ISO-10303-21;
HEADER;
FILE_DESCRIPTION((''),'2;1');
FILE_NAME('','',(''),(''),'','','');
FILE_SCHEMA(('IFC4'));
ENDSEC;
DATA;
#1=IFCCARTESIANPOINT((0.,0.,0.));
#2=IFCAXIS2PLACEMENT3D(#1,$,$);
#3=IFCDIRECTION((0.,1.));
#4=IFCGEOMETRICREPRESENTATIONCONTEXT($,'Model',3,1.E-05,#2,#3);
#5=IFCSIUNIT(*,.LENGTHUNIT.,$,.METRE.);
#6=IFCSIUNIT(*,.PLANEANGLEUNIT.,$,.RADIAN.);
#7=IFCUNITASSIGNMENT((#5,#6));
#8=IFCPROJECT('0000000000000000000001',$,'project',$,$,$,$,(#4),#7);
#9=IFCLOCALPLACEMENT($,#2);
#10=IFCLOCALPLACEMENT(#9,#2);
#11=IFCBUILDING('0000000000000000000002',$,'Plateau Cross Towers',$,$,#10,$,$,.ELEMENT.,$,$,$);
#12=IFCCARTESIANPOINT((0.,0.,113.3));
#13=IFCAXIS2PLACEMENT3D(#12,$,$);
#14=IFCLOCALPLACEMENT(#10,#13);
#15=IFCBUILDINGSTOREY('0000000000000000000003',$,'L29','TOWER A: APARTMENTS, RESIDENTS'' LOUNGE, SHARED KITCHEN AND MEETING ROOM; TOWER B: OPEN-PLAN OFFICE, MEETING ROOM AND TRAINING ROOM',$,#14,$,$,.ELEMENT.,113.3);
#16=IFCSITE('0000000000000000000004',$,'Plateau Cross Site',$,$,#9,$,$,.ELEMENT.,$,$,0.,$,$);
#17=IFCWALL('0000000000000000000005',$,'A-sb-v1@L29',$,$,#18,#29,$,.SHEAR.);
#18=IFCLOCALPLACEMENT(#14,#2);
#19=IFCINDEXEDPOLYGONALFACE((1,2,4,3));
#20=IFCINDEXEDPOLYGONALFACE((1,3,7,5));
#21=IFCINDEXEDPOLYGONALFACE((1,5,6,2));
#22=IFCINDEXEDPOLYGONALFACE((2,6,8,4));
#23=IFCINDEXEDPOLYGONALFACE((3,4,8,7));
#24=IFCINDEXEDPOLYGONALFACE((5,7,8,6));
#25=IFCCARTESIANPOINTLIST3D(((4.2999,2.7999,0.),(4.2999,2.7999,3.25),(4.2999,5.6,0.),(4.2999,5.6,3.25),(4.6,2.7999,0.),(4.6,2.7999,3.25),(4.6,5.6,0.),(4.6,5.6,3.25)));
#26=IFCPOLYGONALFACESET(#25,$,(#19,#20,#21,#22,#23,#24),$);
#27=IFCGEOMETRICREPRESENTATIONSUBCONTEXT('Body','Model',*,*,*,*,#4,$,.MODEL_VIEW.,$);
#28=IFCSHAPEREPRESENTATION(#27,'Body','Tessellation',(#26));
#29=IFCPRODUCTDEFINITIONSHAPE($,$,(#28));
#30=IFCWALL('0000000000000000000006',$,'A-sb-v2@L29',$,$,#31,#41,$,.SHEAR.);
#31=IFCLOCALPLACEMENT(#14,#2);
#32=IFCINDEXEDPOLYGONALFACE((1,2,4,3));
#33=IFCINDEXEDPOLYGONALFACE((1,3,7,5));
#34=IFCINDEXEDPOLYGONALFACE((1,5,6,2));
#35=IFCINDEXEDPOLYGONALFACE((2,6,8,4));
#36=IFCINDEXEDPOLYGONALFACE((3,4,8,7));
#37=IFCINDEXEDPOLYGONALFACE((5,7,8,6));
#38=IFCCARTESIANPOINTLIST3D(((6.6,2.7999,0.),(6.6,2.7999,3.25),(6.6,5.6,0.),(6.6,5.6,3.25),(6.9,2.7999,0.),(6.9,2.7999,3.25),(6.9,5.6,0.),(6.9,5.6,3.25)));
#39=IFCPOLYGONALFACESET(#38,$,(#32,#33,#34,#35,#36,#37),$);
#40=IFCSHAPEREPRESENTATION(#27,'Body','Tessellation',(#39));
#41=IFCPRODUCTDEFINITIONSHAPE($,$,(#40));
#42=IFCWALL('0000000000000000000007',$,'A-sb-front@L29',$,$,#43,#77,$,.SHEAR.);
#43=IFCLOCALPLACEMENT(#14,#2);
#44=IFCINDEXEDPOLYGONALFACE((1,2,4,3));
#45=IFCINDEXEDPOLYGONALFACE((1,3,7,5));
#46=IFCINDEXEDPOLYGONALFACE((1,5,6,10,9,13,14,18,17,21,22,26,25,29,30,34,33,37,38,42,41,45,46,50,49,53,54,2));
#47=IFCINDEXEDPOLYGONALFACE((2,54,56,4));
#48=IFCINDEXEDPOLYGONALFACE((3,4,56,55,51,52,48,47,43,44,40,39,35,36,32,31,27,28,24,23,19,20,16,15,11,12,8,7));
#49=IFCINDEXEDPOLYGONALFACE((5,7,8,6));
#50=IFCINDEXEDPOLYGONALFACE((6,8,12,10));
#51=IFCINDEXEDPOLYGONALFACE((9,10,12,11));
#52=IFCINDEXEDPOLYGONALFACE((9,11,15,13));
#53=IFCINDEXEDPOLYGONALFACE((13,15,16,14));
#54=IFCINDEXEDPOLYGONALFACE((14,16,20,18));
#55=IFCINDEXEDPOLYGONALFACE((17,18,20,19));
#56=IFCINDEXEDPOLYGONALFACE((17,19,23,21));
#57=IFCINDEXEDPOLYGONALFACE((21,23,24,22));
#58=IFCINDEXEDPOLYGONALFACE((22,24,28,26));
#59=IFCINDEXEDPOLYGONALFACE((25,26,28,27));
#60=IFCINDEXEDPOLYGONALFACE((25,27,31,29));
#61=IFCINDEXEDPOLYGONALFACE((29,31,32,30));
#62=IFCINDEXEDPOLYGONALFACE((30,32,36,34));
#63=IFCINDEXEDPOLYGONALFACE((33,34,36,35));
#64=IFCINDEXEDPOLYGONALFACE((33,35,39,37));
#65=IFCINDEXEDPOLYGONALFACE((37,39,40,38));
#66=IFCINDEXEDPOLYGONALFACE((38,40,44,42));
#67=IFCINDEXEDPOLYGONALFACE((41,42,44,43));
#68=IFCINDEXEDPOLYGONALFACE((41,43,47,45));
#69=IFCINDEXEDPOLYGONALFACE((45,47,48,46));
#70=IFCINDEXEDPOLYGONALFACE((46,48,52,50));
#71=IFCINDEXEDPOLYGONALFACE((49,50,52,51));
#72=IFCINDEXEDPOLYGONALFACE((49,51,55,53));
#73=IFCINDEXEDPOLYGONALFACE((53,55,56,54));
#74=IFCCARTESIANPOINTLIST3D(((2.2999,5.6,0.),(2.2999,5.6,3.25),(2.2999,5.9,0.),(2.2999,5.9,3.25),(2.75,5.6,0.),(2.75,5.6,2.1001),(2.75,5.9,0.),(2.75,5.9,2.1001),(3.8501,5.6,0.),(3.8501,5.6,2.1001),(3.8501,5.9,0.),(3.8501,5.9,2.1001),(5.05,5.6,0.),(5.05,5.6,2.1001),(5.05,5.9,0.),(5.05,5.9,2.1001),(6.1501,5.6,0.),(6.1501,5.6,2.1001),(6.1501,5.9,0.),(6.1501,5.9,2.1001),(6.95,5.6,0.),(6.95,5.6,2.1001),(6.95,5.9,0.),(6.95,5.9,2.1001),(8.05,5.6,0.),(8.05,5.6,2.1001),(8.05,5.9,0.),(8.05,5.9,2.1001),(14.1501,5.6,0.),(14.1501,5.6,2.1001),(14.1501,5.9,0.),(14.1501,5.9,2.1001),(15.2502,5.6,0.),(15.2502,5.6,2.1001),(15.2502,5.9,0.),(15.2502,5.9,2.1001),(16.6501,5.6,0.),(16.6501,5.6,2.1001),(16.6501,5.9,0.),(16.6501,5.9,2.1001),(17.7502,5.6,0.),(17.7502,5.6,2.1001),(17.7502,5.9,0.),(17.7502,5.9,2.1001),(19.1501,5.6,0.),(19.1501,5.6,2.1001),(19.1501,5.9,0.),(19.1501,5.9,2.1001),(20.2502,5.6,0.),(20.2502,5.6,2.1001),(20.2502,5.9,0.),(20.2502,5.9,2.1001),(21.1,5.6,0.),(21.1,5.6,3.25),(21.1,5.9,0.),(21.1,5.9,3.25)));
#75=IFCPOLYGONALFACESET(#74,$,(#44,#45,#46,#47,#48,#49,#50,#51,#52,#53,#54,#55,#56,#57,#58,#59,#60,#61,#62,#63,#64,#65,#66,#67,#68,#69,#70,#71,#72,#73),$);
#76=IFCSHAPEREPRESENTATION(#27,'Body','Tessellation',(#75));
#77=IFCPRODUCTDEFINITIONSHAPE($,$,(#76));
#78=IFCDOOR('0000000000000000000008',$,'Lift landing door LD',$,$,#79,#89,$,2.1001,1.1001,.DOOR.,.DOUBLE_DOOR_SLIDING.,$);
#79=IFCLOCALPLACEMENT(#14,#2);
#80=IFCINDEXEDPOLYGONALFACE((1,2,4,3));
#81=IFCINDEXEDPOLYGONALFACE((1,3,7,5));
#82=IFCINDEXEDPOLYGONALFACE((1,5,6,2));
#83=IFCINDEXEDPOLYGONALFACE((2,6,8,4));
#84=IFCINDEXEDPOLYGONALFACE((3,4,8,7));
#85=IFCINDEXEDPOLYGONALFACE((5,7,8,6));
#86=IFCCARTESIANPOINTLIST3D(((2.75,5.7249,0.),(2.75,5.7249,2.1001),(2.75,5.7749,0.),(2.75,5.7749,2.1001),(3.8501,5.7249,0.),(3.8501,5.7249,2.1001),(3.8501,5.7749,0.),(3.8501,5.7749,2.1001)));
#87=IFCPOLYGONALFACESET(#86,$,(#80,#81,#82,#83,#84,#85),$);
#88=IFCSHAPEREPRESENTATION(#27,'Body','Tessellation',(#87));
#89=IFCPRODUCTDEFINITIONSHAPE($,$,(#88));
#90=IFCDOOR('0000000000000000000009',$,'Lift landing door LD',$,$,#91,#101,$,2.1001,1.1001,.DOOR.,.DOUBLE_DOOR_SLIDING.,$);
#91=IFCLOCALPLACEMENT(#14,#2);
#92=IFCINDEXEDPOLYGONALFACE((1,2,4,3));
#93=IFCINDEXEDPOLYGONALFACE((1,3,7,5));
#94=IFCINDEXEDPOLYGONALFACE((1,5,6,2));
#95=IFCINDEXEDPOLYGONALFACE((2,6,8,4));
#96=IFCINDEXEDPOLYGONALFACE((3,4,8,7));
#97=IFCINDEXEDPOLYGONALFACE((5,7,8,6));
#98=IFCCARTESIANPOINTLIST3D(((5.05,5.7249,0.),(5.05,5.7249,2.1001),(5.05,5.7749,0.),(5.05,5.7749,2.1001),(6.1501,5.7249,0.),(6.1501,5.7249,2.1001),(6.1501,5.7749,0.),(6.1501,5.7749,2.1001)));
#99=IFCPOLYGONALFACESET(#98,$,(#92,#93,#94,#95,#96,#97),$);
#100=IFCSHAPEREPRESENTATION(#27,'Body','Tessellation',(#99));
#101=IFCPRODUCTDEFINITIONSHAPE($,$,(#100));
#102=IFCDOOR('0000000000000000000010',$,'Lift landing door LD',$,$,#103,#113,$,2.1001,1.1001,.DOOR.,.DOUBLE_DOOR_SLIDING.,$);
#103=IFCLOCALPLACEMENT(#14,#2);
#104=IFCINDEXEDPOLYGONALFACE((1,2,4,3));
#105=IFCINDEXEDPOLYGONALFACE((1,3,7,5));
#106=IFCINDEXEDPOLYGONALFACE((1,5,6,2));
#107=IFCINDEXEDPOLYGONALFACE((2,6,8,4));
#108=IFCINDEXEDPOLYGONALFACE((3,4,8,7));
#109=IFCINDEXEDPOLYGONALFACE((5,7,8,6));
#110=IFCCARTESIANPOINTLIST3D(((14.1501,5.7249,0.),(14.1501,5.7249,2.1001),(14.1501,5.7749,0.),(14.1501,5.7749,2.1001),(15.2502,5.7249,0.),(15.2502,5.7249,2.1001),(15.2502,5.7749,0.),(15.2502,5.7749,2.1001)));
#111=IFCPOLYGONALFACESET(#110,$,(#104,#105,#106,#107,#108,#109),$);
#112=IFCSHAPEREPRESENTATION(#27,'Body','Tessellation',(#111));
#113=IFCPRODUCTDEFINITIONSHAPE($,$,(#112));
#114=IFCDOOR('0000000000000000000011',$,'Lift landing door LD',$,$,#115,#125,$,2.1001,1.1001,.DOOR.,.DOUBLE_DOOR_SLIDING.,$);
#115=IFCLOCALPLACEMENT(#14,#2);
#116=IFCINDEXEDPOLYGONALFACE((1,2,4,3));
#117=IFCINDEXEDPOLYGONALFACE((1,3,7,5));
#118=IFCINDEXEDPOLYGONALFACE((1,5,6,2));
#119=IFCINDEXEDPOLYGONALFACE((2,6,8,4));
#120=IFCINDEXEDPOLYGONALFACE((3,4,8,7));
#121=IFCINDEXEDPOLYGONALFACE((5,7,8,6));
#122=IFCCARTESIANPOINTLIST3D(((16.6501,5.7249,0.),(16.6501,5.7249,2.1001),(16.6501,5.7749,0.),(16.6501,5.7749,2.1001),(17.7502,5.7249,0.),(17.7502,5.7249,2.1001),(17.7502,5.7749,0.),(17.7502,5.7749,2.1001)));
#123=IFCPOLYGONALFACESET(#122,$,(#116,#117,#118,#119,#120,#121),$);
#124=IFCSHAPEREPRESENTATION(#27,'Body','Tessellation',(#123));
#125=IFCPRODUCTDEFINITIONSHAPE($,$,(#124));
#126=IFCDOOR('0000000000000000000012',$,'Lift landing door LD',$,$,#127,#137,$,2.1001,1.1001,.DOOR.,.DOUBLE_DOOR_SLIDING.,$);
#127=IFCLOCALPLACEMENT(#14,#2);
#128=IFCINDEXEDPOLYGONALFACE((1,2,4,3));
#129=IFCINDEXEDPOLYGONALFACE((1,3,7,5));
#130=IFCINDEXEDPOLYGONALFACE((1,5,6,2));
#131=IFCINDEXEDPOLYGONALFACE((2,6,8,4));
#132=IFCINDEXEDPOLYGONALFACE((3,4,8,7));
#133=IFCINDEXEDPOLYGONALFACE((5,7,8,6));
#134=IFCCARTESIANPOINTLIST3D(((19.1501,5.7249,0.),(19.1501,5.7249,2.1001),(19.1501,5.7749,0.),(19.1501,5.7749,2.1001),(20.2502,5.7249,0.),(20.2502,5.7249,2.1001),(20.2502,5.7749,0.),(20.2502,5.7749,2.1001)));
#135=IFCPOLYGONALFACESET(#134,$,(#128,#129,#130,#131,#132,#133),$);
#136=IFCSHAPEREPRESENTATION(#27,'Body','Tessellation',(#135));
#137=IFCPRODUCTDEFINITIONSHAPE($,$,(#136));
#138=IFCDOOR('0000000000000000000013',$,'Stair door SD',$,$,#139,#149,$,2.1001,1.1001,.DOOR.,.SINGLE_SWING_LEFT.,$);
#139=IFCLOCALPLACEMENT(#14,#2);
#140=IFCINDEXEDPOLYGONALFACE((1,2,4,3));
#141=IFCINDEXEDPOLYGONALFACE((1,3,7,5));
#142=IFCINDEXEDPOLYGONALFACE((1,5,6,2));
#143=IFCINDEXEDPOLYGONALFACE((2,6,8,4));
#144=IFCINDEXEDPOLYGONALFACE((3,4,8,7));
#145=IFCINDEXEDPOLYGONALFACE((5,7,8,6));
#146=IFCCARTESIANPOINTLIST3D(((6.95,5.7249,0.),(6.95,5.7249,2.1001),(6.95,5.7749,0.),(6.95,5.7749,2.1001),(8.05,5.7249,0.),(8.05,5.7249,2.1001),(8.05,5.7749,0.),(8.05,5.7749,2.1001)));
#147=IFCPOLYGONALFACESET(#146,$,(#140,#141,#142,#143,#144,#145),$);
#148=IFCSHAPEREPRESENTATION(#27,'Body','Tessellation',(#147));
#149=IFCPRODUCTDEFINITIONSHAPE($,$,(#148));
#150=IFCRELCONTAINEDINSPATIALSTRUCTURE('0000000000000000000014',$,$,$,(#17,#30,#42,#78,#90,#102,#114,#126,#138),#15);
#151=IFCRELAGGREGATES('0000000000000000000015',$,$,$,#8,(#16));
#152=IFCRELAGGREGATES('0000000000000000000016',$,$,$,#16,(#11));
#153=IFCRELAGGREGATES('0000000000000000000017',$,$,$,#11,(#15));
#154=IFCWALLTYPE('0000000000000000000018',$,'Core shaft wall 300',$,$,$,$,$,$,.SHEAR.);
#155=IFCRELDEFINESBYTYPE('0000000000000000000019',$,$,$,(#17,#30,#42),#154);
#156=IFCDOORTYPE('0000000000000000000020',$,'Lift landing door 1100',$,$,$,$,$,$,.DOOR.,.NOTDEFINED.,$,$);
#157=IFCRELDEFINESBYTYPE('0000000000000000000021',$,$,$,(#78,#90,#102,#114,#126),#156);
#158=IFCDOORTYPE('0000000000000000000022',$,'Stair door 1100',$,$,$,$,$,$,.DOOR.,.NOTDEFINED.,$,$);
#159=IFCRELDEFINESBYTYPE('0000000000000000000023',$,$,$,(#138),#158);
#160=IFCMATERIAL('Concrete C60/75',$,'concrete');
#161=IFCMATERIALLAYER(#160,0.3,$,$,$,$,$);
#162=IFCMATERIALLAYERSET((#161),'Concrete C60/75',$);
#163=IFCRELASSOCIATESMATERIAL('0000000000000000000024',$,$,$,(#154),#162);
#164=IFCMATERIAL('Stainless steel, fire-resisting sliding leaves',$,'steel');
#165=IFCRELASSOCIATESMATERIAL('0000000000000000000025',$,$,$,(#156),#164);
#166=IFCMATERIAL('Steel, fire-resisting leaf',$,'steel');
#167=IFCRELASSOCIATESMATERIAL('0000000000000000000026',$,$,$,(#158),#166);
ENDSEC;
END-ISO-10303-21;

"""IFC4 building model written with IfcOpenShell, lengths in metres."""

from ifc_helpers import new_model, si_unit, direction, frame, frame_2d, origin, place, context, subcontext, project, spatial, rectangle, extrude, material, layer, layer_set, type_object, element, fill, save


model = new_model("IFC4")

# Units and contexts
model_context = context("Model", 3, precision=1e-05, world=origin(), true_north=direction((0.0, 1.0)))
body_context = subcontext(model_context, "Body", "Model", "MODEL_VIEW")
ifc_project = project(units=[si_unit("LENGTHUNIT", "METRE"), si_unit("PLANEANGLEUNIT", "RADIAN")], contexts=[model_context])

# Site, building, storey
site_placement = place(None, origin())
site = spatial("IfcSite", under=ifc_project, at=site_placement, Name="Plateau Cross Site", CompositionType="ELEMENT", RefElevation=0.0)
building_placement = place(site_placement, origin())
building = spatial("IfcBuilding", under=site, at=building_placement, Name="Plateau Cross Towers", CompositionType="ELEMENT")
storey_placement = place(building_placement, frame((0.0, 0.0, 113.3)))
storey = spatial("IfcBuildingStorey", under=building, at=storey_placement, Name="L29", Description="TOWER A: APARTMENTS, RESIDENTS' LOUNGE, SHARED KITCHEN AND MEETING ROOM; TOWER B: OPEN-PLAN OFFICE, MEETING ROOM AND TRAINING ROOM", CompositionType="ELEMENT", Elevation=113.3)

# Shared definitions
ifc_material_1 = material(Name="Steel, fire-resisting leaf", Category="steel")

# Walls
ifc_material_2 = material(Name="Concrete C60/75", Category="concrete")
ifc_layer_1 = layer(ifc_material_2, 0.3)
ifc_layer_set_1 = layer_set([ifc_layer_1], Name="Concrete C60/75")
wall_type_1 = type_object("IfcWallType", Name="Core shaft wall 300", PredefinedType="SHEAR", material=ifc_layer_set_1)
for number, where, z_axis, x_axis, name in (
    (1, (4.45, 2.8, 0.0), (0.0, 0.0, 1.0), (0.0, 1.0, 0.0), "A-sb-v1@L29"),
    (2, (6.75, 2.8, 0.0), (0.0, 0.0, 1.0), (0.0, 1.0, 0.0), "A-sb-v2@L29"),
):
    element("IfcWall", number, at=place(storey_placement, frame(where, z_axis=z_axis, x_axis=x_axis)), inside=storey, type_object=wall_type_1, Name=name, PredefinedType="SHEAR", context=body_context, shape_type="SweptSolid", body=[
        extrude(rectangle(XDim=2.8, YDim=0.3, at=frame_2d((1.3999, 0.0))), origin(), (0.0, 0.0, 1.0), 3.25),
    ])

# Wall, openings, doors
wall_1_placement = place(storey_placement, frame((2.3, 5.75, 0.0), z_axis=(0.0, 0.0, 1.0), x_axis=(1.0, 0.0, 0.0)))
wall_1 = element("IfcWall", 3, at=wall_1_placement, inside=storey, type_object=wall_type_1, Name="A-sb-front@L29", PredefinedType="SHEAR", context=body_context, shape_type="SweptSolid", body=[
    extrude(rectangle(XDim=18.8, YDim=0.3, at=frame_2d((9.3999, 0.0))), origin(), (0.0, 0.0, 1.0), 3.25),
])
opening_1_placement = place(wall_1_placement, frame((4.6499, 0.0, 0.0)))
opening_1 = element("IfcOpeningElement", 4, at=opening_1_placement, cuts=wall_1, PredefinedType="OPENING", context=body_context, shape_type="SweptSolid", body=[
    extrude(rectangle(XDim=1.1001, YDim=2.1001, at=frame_2d((0.55, 1.05))), frame((0.0, 0.1599, 0.0), z_axis=(0.0, -1.0, 0.0), x_axis=(1.0, 0.0, 0.0)), (0.0, 0.0, 1.0), 0.3201),
])
opening_2_placement = place(wall_1_placement, frame((0.45, 0.0, 0.0)))
opening_2 = element("IfcOpeningElement", 5, at=opening_2_placement, cuts=wall_1, PredefinedType="OPENING", context=body_context, shape_type="SweptSolid", body=[
    extrude(rectangle(XDim=1.1001, YDim=2.1001, at=frame_2d((0.55, 1.05))), frame((0.0, 0.1599, 0.0), z_axis=(0.0, -1.0, 0.0), x_axis=(1.0, 0.0, 0.0)), (0.0, 0.0, 1.0), 0.3201),
])
opening_3_placement = place(wall_1_placement, frame((2.75, 0.0, 0.0)))
opening_3 = element("IfcOpeningElement", 6, at=opening_3_placement, cuts=wall_1, PredefinedType="OPENING", context=body_context, shape_type="SweptSolid", body=[
    extrude(rectangle(XDim=1.1001, YDim=2.1001, at=frame_2d((0.55, 1.05))), frame((0.0, 0.1599, 0.0), z_axis=(0.0, -1.0, 0.0), x_axis=(1.0, 0.0, 0.0)), (0.0, 0.0, 1.0), 0.3201),
])
opening_4_placement = place(wall_1_placement, frame((11.8501, 0.0, 0.0)))
opening_4 = element("IfcOpeningElement", 7, at=opening_4_placement, cuts=wall_1, PredefinedType="OPENING", context=body_context, shape_type="SweptSolid", body=[
    extrude(rectangle(XDim=1.1001, YDim=2.1001, at=frame_2d((0.55, 1.05))), frame((0.0, 0.1599, 0.0), z_axis=(0.0, -1.0, 0.0), x_axis=(1.0, 0.0, 0.0)), (0.0, 0.0, 1.0), 0.3201),
])
opening_5_placement = place(wall_1_placement, frame((14.3501, 0.0, 0.0)))
opening_5 = element("IfcOpeningElement", 8, at=opening_5_placement, cuts=wall_1, PredefinedType="OPENING", context=body_context, shape_type="SweptSolid", body=[
    extrude(rectangle(XDim=1.1001, YDim=2.1001, at=frame_2d((0.55, 1.05))), frame((0.0, 0.1599, 0.0), z_axis=(0.0, -1.0, 0.0), x_axis=(1.0, 0.0, 0.0)), (0.0, 0.0, 1.0), 0.3201),
])
opening_6_placement = place(wall_1_placement, frame((16.8501, 0.0, 0.0)))
opening_6 = element("IfcOpeningElement", 9, at=opening_6_placement, cuts=wall_1, PredefinedType="OPENING", context=body_context, shape_type="SweptSolid", body=[
    extrude(rectangle(XDim=1.1001, YDim=2.1001, at=frame_2d((0.55, 1.05))), frame((0.0, 0.1599, 0.0), z_axis=(0.0, -1.0, 0.0), x_axis=(1.0, 0.0, 0.0)), (0.0, 0.0, 1.0), 0.3201),
])
ifc_material_3 = material(Name="Stainless steel, fire-resisting sliding leaves", Category="steel")
door_type_1 = type_object("IfcDoorType", Name="Lift landing door 1100", OperationType="NOTDEFINED", PredefinedType="DOOR", material=ifc_material_3)
door_1_placement = place(opening_2_placement, origin())
door_1 = element("IfcDoor", 10, at=door_1_placement, inside=storey, type_object=door_type_1, Name="Lift landing door LD", OperationType="DOUBLE_DOOR_SLIDING", OverallHeight=2.1001, OverallWidth=1.1001, PredefinedType="DOOR", context=body_context, shape_type="SweptSolid", body=[
    extrude(rectangle(XDim=1.1001, YDim=2.1001, at=frame_2d((0.55, 1.05))), frame((0.0, 0.0249, 0.0), z_axis=(0.0, -1.0, 0.0), x_axis=(1.0, 0.0, 0.0)), (0.0, 0.0, 1.0), 0.05),
])
fill(opening_2, door_1)
door_2_placement = place(opening_3_placement, origin())
door_2 = element("IfcDoor", 11, at=door_2_placement, inside=storey, type_object=door_type_1, Name="Lift landing door LD", OperationType="DOUBLE_DOOR_SLIDING", OverallHeight=2.1001, OverallWidth=1.1001, PredefinedType="DOOR", context=body_context, shape_type="SweptSolid", body=[
    extrude(rectangle(XDim=1.1001, YDim=2.1001, at=frame_2d((0.55, 1.05))), frame((0.0, 0.0249, 0.0), z_axis=(0.0, -1.0, 0.0), x_axis=(1.0, 0.0, 0.0)), (0.0, 0.0, 1.0), 0.05),
])
fill(opening_3, door_2)
door_3_placement = place(opening_4_placement, origin())
door_3 = element("IfcDoor", 12, at=door_3_placement, inside=storey, type_object=door_type_1, Name="Lift landing door LD", OperationType="DOUBLE_DOOR_SLIDING", OverallHeight=2.1001, OverallWidth=1.1001, PredefinedType="DOOR", context=body_context, shape_type="SweptSolid", body=[
    extrude(rectangle(XDim=1.1001, YDim=2.1001, at=frame_2d((0.55, 1.05))), frame((0.0, 0.0249, 0.0), z_axis=(0.0, -1.0, 0.0), x_axis=(1.0, 0.0, 0.0)), (0.0, 0.0, 1.0), 0.05),
])
fill(opening_4, door_3)
door_4_placement = place(opening_5_placement, origin())
door_4 = element("IfcDoor", 13, at=door_4_placement, inside=storey, type_object=door_type_1, Name="Lift landing door LD", OperationType="DOUBLE_DOOR_SLIDING", OverallHeight=2.1001, OverallWidth=1.1001, PredefinedType="DOOR", context=body_context, shape_type="SweptSolid", body=[
    extrude(rectangle(XDim=1.1001, YDim=2.1001, at=frame_2d((0.55, 1.05))), frame((0.0, 0.0249, 0.0), z_axis=(0.0, -1.0, 0.0), x_axis=(1.0, 0.0, 0.0)), (0.0, 0.0, 1.0), 0.05),
])
fill(opening_5, door_4)
door_5_placement = place(opening_6_placement, origin())
door_5 = element("IfcDoor", 14, at=door_5_placement, inside=storey, type_object=door_type_1, Name="Lift landing door LD", OperationType="DOUBLE_DOOR_SLIDING", OverallHeight=2.1001, OverallWidth=1.1001, PredefinedType="DOOR", context=body_context, shape_type="SweptSolid", body=[
    extrude(rectangle(XDim=1.1001, YDim=2.1001, at=frame_2d((0.55, 1.05))), frame((0.0, 0.0249, 0.0), z_axis=(0.0, -1.0, 0.0), x_axis=(1.0, 0.0, 0.0)), (0.0, 0.0, 1.0), 0.05),
])
fill(opening_6, door_5)
door_type_2 = type_object("IfcDoorType", Name="Stair door 1100", OperationType="NOTDEFINED", PredefinedType="DOOR", material=ifc_material_1)
door_6_placement = place(opening_1_placement, origin())
door_6 = element("IfcDoor", 15, at=door_6_placement, inside=storey, type_object=door_type_2, Name="Stair door SD", OperationType="SINGLE_SWING_LEFT", OverallHeight=2.1001, OverallWidth=1.1001, PredefinedType="DOOR", context=body_context, shape_type="SweptSolid", body=[
    extrude(rectangle(XDim=1.1001, YDim=2.1001, at=frame_2d((0.55, 1.05))), frame((0.0, 0.0249, 0.0), z_axis=(0.0, -1.0, 0.0), x_axis=(1.0, 0.0, 0.0)), (0.0, 0.0, 1.0), 0.05),
])
fill(opening_1, door_6)

save(model, "model.ifc")
